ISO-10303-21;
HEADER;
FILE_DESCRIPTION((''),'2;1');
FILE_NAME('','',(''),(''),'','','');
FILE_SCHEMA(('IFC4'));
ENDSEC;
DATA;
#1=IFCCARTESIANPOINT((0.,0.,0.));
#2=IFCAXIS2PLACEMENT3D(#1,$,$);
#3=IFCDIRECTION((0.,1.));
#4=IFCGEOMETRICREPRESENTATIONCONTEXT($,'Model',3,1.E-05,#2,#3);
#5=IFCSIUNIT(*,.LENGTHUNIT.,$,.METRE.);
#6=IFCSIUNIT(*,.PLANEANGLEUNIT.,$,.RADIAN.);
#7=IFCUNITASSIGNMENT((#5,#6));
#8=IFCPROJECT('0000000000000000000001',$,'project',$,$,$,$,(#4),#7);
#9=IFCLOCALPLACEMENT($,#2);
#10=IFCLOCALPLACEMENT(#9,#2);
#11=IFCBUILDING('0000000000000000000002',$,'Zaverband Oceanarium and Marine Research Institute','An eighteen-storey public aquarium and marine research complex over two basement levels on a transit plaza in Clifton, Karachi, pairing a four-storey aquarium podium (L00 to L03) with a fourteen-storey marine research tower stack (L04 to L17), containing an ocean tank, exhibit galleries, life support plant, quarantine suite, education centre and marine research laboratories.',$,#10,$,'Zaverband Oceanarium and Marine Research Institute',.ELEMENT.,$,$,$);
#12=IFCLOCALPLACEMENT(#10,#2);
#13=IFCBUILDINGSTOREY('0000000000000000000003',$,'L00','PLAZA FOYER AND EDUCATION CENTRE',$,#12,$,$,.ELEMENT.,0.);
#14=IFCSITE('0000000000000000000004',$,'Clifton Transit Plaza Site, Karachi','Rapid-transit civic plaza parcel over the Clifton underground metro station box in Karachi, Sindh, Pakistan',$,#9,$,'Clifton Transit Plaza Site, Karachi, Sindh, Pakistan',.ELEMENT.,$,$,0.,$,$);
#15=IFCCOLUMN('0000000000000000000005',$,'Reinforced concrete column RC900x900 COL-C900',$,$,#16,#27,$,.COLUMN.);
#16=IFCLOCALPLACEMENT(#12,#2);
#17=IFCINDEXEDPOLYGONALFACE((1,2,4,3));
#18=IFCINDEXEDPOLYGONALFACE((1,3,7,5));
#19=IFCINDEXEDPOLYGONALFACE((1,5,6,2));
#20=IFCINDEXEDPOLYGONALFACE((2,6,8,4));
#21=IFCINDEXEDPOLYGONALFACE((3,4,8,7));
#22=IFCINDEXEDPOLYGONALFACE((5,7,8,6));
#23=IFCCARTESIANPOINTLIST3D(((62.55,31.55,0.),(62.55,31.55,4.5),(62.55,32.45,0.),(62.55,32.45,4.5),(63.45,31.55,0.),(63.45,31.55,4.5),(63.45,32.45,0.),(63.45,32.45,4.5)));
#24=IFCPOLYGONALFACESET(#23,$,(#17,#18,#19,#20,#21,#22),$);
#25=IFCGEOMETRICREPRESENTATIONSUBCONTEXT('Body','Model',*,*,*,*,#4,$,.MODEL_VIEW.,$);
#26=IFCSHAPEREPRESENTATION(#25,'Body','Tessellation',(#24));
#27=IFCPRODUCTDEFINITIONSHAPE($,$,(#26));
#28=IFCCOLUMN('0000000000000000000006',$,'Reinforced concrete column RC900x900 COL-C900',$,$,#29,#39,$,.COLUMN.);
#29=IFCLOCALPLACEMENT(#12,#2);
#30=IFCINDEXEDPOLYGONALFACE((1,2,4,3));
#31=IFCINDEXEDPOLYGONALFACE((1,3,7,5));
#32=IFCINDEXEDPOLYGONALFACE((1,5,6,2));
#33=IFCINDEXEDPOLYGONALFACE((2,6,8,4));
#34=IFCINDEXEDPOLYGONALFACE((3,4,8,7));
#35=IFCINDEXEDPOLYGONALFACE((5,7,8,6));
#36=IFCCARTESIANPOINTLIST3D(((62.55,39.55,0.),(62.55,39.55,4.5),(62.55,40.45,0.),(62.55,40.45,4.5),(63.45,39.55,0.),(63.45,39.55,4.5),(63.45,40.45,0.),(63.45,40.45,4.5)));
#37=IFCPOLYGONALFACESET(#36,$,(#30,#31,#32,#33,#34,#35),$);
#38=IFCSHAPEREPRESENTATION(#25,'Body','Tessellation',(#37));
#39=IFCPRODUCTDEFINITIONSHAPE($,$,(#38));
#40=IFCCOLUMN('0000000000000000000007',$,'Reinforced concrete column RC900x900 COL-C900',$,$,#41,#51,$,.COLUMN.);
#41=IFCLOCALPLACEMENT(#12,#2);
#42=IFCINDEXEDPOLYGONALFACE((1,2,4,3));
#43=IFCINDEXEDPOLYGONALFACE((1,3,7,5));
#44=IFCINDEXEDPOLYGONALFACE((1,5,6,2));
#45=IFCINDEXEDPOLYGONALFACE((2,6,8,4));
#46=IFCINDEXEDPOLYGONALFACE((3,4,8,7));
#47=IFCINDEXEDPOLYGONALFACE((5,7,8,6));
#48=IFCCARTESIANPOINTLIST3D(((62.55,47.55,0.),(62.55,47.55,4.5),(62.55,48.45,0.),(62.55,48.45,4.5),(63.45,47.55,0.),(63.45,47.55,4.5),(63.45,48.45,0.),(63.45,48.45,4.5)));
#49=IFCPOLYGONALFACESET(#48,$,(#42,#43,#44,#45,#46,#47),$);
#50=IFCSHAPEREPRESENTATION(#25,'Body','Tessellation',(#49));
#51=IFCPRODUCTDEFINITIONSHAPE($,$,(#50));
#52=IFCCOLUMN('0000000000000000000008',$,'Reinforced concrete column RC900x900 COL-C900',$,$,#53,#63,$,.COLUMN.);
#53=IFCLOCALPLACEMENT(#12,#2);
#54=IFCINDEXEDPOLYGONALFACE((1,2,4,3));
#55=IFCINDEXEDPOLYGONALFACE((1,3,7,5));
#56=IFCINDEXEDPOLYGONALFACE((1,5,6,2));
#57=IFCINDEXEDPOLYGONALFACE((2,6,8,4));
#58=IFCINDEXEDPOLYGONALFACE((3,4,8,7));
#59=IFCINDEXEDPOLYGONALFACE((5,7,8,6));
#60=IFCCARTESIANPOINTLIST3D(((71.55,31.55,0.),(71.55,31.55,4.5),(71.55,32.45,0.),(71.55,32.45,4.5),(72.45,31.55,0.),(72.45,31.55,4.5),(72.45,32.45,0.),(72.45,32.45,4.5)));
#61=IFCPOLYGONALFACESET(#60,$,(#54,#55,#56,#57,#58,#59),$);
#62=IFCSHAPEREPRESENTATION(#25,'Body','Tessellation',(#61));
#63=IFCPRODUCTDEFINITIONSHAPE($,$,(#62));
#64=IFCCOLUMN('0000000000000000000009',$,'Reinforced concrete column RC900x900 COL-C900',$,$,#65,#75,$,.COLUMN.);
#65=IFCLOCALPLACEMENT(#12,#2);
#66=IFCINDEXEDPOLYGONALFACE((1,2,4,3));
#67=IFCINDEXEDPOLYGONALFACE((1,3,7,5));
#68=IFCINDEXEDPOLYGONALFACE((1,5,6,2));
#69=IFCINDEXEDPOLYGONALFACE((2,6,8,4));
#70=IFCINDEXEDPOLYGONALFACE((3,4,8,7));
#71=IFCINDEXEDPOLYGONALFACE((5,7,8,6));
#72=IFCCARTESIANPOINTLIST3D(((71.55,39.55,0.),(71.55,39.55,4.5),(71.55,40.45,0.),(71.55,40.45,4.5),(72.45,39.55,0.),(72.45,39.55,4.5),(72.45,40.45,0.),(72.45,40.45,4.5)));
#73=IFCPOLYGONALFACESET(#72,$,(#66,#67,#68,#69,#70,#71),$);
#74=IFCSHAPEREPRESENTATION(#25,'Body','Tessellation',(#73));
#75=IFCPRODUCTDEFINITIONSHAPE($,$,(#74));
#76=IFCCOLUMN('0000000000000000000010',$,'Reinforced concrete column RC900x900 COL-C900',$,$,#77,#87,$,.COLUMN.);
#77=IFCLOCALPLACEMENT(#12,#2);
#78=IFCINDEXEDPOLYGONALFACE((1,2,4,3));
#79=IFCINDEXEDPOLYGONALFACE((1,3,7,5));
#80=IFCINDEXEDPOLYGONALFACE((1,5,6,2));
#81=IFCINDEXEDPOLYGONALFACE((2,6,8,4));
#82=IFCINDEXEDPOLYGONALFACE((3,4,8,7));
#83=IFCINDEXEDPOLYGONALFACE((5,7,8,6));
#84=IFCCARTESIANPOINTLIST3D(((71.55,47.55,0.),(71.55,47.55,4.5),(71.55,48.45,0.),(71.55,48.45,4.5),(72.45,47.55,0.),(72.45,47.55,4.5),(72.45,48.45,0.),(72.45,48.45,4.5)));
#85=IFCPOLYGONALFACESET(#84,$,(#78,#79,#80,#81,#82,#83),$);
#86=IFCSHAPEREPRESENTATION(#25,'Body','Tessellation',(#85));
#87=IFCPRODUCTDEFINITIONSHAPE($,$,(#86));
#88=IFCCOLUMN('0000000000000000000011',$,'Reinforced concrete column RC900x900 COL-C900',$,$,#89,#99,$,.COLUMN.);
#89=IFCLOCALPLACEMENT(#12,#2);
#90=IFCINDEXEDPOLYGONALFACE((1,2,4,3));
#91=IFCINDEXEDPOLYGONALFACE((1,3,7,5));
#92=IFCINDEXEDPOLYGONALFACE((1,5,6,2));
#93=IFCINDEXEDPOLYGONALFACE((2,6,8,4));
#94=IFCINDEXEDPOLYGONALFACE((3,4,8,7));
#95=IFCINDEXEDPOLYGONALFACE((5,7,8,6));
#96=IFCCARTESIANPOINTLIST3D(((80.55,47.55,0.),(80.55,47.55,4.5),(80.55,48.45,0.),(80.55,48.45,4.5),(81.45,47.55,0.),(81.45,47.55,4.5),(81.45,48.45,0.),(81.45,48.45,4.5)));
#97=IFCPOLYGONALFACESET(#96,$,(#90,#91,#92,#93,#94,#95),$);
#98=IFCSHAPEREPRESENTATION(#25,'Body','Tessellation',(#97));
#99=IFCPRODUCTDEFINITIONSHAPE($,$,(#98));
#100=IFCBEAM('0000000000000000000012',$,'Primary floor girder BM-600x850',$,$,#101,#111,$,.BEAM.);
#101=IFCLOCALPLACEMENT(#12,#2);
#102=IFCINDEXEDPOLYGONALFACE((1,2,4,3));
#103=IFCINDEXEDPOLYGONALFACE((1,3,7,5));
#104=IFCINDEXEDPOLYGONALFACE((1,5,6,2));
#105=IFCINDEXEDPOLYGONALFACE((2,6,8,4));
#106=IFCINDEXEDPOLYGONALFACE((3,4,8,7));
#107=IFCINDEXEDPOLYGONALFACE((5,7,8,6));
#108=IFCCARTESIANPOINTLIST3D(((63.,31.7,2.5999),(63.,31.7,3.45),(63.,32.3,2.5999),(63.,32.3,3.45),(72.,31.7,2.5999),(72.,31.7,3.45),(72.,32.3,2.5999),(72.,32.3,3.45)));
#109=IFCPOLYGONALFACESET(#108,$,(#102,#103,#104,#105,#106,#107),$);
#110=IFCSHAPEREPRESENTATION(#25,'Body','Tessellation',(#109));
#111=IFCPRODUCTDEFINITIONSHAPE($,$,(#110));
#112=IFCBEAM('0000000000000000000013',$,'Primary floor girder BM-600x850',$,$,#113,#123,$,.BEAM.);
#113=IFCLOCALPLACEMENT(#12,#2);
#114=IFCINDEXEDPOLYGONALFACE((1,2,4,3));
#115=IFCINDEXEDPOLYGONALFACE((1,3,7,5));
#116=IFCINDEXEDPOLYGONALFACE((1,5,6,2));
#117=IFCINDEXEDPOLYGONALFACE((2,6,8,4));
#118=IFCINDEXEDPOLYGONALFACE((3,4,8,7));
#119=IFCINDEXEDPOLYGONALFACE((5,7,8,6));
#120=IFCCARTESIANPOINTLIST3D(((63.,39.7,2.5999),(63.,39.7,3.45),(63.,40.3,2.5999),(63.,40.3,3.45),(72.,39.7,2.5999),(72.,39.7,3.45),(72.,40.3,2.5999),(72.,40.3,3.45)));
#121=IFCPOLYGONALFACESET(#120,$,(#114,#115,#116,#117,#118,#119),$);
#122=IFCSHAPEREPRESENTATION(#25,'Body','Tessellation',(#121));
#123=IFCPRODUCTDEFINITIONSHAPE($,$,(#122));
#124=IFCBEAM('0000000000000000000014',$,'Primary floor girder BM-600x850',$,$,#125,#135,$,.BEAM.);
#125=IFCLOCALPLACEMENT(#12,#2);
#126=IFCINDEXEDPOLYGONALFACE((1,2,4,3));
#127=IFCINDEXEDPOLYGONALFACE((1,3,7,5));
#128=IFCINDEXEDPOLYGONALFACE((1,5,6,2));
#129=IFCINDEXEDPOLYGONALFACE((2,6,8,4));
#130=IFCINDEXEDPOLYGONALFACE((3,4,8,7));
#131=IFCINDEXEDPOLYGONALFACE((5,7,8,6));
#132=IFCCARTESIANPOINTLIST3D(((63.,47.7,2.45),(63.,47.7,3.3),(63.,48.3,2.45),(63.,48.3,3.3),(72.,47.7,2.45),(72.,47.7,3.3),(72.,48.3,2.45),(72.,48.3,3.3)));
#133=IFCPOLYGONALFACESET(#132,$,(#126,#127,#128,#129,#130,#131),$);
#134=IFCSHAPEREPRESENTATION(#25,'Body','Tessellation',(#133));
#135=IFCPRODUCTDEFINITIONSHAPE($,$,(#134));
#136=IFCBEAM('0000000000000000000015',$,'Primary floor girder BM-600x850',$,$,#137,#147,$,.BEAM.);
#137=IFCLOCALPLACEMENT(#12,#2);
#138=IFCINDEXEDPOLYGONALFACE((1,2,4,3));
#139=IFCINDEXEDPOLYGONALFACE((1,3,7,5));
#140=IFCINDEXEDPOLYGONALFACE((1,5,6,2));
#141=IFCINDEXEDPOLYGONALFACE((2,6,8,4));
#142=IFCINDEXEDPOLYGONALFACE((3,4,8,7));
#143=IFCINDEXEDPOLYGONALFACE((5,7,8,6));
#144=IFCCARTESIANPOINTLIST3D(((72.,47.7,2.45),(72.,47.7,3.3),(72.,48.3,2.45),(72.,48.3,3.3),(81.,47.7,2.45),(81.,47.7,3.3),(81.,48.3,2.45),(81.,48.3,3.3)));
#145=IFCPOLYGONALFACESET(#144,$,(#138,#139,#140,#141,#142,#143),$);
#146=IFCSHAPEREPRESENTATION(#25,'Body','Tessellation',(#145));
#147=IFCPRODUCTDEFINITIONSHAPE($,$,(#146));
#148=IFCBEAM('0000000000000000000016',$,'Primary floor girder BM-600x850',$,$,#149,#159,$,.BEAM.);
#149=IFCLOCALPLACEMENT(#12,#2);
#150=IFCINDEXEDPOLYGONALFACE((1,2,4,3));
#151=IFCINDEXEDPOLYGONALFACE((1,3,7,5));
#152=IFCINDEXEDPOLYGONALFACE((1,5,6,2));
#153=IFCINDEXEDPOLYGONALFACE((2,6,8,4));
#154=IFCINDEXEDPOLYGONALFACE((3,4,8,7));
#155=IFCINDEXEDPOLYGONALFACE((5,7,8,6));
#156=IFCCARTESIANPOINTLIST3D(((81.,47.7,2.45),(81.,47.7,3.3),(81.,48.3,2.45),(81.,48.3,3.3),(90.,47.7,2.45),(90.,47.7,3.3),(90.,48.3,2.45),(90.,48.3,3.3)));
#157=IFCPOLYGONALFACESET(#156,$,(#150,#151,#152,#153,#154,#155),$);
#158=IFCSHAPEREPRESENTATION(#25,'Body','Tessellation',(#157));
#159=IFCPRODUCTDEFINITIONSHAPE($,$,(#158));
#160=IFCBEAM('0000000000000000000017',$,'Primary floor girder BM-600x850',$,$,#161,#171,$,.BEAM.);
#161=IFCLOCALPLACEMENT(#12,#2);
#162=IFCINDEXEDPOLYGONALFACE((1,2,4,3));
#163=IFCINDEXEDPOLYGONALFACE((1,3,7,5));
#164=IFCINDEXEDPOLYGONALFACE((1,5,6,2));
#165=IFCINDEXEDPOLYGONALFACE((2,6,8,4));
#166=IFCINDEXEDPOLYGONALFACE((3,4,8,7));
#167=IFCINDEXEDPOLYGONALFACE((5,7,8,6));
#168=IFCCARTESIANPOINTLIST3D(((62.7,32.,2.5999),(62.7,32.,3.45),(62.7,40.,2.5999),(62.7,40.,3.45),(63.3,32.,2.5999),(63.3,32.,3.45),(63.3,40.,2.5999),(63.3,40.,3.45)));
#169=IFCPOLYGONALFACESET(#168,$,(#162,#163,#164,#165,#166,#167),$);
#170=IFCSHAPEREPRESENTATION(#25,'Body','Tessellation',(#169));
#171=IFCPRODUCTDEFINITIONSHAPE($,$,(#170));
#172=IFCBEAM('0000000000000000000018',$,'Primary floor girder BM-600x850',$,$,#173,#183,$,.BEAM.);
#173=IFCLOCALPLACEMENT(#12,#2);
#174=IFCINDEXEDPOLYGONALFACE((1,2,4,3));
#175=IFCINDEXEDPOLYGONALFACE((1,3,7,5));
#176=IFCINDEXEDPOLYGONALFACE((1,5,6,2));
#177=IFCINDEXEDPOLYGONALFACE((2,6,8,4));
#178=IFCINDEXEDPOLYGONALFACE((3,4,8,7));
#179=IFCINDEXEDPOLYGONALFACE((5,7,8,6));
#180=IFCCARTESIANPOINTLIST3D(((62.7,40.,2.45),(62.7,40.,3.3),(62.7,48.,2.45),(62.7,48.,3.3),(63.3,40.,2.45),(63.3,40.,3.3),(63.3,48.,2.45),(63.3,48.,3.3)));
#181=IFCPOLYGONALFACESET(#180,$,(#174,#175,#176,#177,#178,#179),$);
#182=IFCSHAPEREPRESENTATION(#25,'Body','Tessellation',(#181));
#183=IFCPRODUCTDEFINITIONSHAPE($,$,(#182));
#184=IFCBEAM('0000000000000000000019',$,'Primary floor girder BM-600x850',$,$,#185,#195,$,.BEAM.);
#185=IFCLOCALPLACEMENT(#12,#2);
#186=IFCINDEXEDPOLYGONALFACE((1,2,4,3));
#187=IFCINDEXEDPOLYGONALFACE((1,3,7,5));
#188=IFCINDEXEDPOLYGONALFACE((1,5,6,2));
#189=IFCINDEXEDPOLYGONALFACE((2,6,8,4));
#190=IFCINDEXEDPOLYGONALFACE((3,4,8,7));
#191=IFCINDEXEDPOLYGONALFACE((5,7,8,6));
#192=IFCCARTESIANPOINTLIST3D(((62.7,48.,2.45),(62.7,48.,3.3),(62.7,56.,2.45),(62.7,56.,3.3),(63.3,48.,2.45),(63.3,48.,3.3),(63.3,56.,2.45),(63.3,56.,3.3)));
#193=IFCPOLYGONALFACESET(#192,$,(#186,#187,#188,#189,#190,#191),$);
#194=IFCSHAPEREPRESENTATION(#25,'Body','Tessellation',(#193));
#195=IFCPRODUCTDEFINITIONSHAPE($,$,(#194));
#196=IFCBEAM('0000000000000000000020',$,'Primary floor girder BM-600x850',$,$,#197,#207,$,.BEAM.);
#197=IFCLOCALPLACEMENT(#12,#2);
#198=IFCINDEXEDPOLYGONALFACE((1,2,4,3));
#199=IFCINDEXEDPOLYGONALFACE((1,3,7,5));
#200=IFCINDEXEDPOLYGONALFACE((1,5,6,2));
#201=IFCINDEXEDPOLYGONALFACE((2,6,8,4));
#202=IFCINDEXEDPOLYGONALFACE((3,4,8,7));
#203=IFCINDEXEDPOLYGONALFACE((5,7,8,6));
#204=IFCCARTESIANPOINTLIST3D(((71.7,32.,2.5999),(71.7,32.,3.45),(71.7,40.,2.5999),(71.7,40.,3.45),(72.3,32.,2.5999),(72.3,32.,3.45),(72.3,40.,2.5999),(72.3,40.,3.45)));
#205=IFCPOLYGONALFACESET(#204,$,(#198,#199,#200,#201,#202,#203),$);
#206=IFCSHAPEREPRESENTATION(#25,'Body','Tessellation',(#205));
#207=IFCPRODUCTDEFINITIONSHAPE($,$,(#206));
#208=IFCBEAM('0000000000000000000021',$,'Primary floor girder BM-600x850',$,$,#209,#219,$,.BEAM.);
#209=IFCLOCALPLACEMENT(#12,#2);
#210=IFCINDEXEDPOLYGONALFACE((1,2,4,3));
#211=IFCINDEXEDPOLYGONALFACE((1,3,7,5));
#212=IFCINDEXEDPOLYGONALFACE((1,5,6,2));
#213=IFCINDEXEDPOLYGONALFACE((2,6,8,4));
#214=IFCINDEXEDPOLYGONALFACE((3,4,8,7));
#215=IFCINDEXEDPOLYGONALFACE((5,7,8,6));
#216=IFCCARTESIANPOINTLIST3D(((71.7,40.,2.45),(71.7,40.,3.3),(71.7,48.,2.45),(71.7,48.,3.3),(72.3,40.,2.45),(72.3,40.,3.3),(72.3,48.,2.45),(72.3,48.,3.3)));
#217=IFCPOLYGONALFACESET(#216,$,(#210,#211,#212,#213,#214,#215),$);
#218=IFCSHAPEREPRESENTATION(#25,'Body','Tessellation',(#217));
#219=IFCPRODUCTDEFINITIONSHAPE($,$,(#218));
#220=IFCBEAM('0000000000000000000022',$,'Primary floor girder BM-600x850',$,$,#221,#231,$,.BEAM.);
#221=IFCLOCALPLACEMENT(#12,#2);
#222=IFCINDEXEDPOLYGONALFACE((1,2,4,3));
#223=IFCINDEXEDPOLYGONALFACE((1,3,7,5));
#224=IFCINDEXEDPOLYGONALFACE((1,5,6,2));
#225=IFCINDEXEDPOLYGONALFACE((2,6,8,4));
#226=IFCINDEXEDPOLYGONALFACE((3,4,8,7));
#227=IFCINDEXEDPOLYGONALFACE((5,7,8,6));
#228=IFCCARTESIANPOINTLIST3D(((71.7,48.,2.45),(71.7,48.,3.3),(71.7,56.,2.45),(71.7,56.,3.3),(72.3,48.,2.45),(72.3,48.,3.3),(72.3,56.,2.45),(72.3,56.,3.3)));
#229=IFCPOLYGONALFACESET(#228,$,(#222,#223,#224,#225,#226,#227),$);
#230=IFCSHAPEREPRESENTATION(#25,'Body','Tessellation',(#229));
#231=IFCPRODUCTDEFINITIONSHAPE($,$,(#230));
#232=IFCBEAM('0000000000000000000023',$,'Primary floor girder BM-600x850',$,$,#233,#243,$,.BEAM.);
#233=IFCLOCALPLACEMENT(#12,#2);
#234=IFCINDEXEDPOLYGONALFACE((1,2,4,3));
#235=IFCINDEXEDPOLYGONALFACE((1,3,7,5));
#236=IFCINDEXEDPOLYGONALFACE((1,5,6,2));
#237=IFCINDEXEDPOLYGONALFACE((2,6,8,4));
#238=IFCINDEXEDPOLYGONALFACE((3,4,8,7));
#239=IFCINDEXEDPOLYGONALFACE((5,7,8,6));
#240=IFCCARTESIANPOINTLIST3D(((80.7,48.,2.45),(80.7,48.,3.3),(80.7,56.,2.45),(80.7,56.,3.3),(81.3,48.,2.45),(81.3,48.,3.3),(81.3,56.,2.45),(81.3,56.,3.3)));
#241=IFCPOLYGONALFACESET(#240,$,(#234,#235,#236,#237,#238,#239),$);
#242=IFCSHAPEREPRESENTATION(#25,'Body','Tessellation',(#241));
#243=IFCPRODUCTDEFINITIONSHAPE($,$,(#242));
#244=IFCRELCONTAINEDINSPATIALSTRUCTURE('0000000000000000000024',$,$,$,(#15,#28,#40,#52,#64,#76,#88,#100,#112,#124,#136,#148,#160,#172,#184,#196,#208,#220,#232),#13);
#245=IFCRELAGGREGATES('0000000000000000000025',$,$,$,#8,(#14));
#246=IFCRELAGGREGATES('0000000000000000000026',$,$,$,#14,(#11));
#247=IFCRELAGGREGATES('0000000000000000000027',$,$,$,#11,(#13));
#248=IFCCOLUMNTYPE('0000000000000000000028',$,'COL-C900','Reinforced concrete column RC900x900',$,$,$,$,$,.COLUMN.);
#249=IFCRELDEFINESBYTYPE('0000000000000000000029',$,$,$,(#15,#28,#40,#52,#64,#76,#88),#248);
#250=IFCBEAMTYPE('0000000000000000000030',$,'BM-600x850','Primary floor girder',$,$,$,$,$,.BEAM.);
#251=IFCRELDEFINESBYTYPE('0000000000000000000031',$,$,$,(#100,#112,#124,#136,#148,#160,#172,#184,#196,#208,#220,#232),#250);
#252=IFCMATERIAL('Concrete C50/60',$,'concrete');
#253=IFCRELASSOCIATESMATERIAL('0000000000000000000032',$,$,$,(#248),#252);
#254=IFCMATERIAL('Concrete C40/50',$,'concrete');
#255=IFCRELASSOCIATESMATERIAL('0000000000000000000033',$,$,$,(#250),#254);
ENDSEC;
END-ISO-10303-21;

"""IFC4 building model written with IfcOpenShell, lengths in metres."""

from ifc_helpers import new_model, si_unit, direction, frame, origin, origin_2d, place, context, subcontext, project, spatial, rectangle, extrude, material, material_profile, profile_set, type_object, element, save


model = new_model("IFC4")

# Units and contexts
model_context = context("Model", 3, precision=1e-05, world=origin(), true_north=direction((0.0, 1.0)))
body_context = subcontext(model_context, "Body", "Model", "MODEL_VIEW")
ifc_project = project(units=[si_unit("LENGTHUNIT", "METRE"), si_unit("PLANEANGLEUNIT", "RADIAN")], contexts=[model_context])

# Site, building, storey
site_placement = place(None, origin())
site = spatial("IfcSite", under=ifc_project, at=site_placement, Name="Clifton Transit Plaza Site, Karachi", Description="Rapid-transit civic plaza parcel over the Clifton underground metro station box in Karachi, Sindh, Pakistan", LongName="Clifton Transit Plaza Site, Karachi, Sindh, Pakistan", CompositionType="ELEMENT", RefElevation=0.0)
building_placement = place(site_placement, origin())
building = spatial("IfcBuilding", under=site, at=building_placement, Name="Zaverband Oceanarium and Marine Research Institute", Description="An eighteen-storey public aquarium and marine research complex over two basement levels on a transit plaza in Clifton, Karachi, pairing a four-storey aquarium podium (L00 to L03) with a fourteen-storey marine research tower stack (L04 to L17), containing an ocean tank, exhibit galleries, life support plant, quarantine suite, education centre and marine research laboratories.", LongName="Zaverband Oceanarium and Marine Research Institute", CompositionType="ELEMENT")
storey_placement = place(building_placement, origin())
storey = spatial("IfcBuildingStorey", under=building, at=storey_placement, Name="L00", Description="PLAZA FOYER AND EDUCATION CENTRE", CompositionType="ELEMENT", Elevation=0.0)

# Columns
ifc_material_1 = material(Name="Concrete C50/60", Category="concrete")
ifc_material_profile_1 = material_profile(ifc_material_1, rectangle(XDim=0.8999, YDim=0.8999, at=origin_2d()), Name="RC900x900")
ifc_profile_set_1 = profile_set([ifc_material_profile_1], Name="Concrete C50/60")
column_type = type_object("IfcColumnType", Name="COL-C900", Description="Reinforced concrete column RC900x900", PredefinedType="COLUMN", material=ifc_profile_set_1)
for number, where, z_axis, x_axis, name in (
    (1, (63.0, 32.0, 0.0), (0.0, 0.0, 1.0), (1.0, 0.0, 0.0), "Reinforced concrete column RC900x900 COL-C900"),
    (2, (63.0, 40.0, 0.0), (0.0, 0.0, 1.0), (1.0, 0.0, 0.0), "Reinforced concrete column RC900x900 COL-C900"),
    (3, (63.0, 48.0, 0.0), (0.0, 0.0, 1.0), (1.0, 0.0, 0.0), "Reinforced concrete column RC900x900 COL-C900"),
    (4, (72.0, 32.0, 0.0), (0.0, 0.0, 1.0), (1.0, 0.0, 0.0), "Reinforced concrete column RC900x900 COL-C900"),
    (5, (72.0, 40.0, 0.0), (0.0, 0.0, 1.0), (1.0, 0.0, 0.0), "Reinforced concrete column RC900x900 COL-C900"),
    (6, (72.0, 48.0, 0.0), (0.0, 0.0, 1.0), (1.0, 0.0, 0.0), "Reinforced concrete column RC900x900 COL-C900"),
    (7, (81.0, 48.0, 0.0), (0.0, 0.0, 1.0), (1.0, 0.0, 0.0), "Reinforced concrete column RC900x900 COL-C900"),
):
    element("IfcColumn", number, at=place(storey_placement, frame(where, z_axis=z_axis, x_axis=x_axis)), inside=storey, type_object=column_type, Name=name, PredefinedType="COLUMN", context=body_context, shape_type="SweptSolid", body=[
        extrude(rectangle(XDim=0.8999, YDim=0.8999, at=origin_2d()), origin(), (0.0, 0.0, 1.0), 4.5),
    ])

# Beams
ifc_material_2 = material(Name="Concrete C40/50", Category="concrete")
ifc_material_profile_2 = material_profile(ifc_material_2, rectangle(XDim=0.6001, YDim=0.8501, at=origin_2d()), Name="RC600x850")
ifc_profile_set_2 = profile_set([ifc_material_profile_2], Name="Concrete C40/50")
beam_type_1 = type_object("IfcBeamType", Name="BM-600x850", Description="Primary floor girder", PredefinedType="BEAM", material=ifc_profile_set_2)
for number, where, z_axis, x_axis, name in (
    (8, (63.0, 32.0, 3.0249), (1.0, 0.0, 0.0), (0.0, 1.0, 0.0), "Primary floor girder BM-600x850"),
    (9, (63.0, 40.0, 3.0249), (1.0, 0.0, 0.0), (0.0, 1.0, 0.0), "Primary floor girder BM-600x850"),
    (10, (63.0, 48.0, 2.875), (1.0, 0.0, 0.0), (0.0, 1.0, 0.0), "Primary floor girder BM-600x850"),
    (11, (72.0, 48.0, 2.875), (1.0, 0.0, 0.0), (0.0, 1.0, 0.0), "Primary floor girder BM-600x850"),
    (12, (81.0, 48.0, 2.875), (1.0, 0.0, 0.0), (0.0, 1.0, 0.0), "Primary floor girder BM-600x850"),
):
    element("IfcBeam", number, at=place(storey_placement, frame(where, z_axis=z_axis, x_axis=x_axis)), inside=storey, type_object=beam_type_1, Name=name, PredefinedType="BEAM", context=body_context, shape_type="SweptSolid", body=[
        extrude(rectangle(XDim=0.6001, YDim=0.8501, at=origin_2d()), origin(), (0.0, 0.0, 1.0), 9.0),
    ])
for number, where, z_axis, x_axis, name in (
    (13, (63.0, 32.0, 3.0249), (0.0, 1.0, 0.0), (-1.0, 0.0, 0.0), "Primary floor girder BM-600x850"),
    (14, (63.0, 40.0, 2.875), (0.0, 1.0, 0.0), (-1.0, 0.0, 0.0), "Primary floor girder BM-600x850"),
    (15, (63.0, 48.0, 2.875), (0.0, 1.0, 0.0), (-1.0, 0.0, 0.0), "Primary floor girder BM-600x850"),
    (16, (72.0, 32.0, 3.0249), (0.0, 1.0, 0.0), (-1.0, 0.0, 0.0), "Primary floor girder BM-600x850"),
    (17, (72.0, 40.0, 2.875), (0.0, 1.0, 0.0), (-1.0, 0.0, 0.0), "Primary floor girder BM-600x850"),
    (18, (72.0, 48.0, 2.875), (0.0, 1.0, 0.0), (-1.0, 0.0, 0.0), "Primary floor girder BM-600x850"),
    (19, (81.0, 48.0, 2.875), (0.0, 1.0, 0.0), (-1.0, 0.0, 0.0), "Primary floor girder BM-600x850"),
):
    element("IfcBeam", number, at=place(storey_placement, frame(where, z_axis=z_axis, x_axis=x_axis)), inside=storey, type_object=beam_type_1, Name=name, PredefinedType="BEAM", context=body_context, shape_type="SweptSolid", body=[
        extrude(rectangle(XDim=0.6001, YDim=0.8501, at=origin_2d()), origin(), (0.0, 0.0, 1.0), 8.0),
    ])

save(model, "model.ifc")
